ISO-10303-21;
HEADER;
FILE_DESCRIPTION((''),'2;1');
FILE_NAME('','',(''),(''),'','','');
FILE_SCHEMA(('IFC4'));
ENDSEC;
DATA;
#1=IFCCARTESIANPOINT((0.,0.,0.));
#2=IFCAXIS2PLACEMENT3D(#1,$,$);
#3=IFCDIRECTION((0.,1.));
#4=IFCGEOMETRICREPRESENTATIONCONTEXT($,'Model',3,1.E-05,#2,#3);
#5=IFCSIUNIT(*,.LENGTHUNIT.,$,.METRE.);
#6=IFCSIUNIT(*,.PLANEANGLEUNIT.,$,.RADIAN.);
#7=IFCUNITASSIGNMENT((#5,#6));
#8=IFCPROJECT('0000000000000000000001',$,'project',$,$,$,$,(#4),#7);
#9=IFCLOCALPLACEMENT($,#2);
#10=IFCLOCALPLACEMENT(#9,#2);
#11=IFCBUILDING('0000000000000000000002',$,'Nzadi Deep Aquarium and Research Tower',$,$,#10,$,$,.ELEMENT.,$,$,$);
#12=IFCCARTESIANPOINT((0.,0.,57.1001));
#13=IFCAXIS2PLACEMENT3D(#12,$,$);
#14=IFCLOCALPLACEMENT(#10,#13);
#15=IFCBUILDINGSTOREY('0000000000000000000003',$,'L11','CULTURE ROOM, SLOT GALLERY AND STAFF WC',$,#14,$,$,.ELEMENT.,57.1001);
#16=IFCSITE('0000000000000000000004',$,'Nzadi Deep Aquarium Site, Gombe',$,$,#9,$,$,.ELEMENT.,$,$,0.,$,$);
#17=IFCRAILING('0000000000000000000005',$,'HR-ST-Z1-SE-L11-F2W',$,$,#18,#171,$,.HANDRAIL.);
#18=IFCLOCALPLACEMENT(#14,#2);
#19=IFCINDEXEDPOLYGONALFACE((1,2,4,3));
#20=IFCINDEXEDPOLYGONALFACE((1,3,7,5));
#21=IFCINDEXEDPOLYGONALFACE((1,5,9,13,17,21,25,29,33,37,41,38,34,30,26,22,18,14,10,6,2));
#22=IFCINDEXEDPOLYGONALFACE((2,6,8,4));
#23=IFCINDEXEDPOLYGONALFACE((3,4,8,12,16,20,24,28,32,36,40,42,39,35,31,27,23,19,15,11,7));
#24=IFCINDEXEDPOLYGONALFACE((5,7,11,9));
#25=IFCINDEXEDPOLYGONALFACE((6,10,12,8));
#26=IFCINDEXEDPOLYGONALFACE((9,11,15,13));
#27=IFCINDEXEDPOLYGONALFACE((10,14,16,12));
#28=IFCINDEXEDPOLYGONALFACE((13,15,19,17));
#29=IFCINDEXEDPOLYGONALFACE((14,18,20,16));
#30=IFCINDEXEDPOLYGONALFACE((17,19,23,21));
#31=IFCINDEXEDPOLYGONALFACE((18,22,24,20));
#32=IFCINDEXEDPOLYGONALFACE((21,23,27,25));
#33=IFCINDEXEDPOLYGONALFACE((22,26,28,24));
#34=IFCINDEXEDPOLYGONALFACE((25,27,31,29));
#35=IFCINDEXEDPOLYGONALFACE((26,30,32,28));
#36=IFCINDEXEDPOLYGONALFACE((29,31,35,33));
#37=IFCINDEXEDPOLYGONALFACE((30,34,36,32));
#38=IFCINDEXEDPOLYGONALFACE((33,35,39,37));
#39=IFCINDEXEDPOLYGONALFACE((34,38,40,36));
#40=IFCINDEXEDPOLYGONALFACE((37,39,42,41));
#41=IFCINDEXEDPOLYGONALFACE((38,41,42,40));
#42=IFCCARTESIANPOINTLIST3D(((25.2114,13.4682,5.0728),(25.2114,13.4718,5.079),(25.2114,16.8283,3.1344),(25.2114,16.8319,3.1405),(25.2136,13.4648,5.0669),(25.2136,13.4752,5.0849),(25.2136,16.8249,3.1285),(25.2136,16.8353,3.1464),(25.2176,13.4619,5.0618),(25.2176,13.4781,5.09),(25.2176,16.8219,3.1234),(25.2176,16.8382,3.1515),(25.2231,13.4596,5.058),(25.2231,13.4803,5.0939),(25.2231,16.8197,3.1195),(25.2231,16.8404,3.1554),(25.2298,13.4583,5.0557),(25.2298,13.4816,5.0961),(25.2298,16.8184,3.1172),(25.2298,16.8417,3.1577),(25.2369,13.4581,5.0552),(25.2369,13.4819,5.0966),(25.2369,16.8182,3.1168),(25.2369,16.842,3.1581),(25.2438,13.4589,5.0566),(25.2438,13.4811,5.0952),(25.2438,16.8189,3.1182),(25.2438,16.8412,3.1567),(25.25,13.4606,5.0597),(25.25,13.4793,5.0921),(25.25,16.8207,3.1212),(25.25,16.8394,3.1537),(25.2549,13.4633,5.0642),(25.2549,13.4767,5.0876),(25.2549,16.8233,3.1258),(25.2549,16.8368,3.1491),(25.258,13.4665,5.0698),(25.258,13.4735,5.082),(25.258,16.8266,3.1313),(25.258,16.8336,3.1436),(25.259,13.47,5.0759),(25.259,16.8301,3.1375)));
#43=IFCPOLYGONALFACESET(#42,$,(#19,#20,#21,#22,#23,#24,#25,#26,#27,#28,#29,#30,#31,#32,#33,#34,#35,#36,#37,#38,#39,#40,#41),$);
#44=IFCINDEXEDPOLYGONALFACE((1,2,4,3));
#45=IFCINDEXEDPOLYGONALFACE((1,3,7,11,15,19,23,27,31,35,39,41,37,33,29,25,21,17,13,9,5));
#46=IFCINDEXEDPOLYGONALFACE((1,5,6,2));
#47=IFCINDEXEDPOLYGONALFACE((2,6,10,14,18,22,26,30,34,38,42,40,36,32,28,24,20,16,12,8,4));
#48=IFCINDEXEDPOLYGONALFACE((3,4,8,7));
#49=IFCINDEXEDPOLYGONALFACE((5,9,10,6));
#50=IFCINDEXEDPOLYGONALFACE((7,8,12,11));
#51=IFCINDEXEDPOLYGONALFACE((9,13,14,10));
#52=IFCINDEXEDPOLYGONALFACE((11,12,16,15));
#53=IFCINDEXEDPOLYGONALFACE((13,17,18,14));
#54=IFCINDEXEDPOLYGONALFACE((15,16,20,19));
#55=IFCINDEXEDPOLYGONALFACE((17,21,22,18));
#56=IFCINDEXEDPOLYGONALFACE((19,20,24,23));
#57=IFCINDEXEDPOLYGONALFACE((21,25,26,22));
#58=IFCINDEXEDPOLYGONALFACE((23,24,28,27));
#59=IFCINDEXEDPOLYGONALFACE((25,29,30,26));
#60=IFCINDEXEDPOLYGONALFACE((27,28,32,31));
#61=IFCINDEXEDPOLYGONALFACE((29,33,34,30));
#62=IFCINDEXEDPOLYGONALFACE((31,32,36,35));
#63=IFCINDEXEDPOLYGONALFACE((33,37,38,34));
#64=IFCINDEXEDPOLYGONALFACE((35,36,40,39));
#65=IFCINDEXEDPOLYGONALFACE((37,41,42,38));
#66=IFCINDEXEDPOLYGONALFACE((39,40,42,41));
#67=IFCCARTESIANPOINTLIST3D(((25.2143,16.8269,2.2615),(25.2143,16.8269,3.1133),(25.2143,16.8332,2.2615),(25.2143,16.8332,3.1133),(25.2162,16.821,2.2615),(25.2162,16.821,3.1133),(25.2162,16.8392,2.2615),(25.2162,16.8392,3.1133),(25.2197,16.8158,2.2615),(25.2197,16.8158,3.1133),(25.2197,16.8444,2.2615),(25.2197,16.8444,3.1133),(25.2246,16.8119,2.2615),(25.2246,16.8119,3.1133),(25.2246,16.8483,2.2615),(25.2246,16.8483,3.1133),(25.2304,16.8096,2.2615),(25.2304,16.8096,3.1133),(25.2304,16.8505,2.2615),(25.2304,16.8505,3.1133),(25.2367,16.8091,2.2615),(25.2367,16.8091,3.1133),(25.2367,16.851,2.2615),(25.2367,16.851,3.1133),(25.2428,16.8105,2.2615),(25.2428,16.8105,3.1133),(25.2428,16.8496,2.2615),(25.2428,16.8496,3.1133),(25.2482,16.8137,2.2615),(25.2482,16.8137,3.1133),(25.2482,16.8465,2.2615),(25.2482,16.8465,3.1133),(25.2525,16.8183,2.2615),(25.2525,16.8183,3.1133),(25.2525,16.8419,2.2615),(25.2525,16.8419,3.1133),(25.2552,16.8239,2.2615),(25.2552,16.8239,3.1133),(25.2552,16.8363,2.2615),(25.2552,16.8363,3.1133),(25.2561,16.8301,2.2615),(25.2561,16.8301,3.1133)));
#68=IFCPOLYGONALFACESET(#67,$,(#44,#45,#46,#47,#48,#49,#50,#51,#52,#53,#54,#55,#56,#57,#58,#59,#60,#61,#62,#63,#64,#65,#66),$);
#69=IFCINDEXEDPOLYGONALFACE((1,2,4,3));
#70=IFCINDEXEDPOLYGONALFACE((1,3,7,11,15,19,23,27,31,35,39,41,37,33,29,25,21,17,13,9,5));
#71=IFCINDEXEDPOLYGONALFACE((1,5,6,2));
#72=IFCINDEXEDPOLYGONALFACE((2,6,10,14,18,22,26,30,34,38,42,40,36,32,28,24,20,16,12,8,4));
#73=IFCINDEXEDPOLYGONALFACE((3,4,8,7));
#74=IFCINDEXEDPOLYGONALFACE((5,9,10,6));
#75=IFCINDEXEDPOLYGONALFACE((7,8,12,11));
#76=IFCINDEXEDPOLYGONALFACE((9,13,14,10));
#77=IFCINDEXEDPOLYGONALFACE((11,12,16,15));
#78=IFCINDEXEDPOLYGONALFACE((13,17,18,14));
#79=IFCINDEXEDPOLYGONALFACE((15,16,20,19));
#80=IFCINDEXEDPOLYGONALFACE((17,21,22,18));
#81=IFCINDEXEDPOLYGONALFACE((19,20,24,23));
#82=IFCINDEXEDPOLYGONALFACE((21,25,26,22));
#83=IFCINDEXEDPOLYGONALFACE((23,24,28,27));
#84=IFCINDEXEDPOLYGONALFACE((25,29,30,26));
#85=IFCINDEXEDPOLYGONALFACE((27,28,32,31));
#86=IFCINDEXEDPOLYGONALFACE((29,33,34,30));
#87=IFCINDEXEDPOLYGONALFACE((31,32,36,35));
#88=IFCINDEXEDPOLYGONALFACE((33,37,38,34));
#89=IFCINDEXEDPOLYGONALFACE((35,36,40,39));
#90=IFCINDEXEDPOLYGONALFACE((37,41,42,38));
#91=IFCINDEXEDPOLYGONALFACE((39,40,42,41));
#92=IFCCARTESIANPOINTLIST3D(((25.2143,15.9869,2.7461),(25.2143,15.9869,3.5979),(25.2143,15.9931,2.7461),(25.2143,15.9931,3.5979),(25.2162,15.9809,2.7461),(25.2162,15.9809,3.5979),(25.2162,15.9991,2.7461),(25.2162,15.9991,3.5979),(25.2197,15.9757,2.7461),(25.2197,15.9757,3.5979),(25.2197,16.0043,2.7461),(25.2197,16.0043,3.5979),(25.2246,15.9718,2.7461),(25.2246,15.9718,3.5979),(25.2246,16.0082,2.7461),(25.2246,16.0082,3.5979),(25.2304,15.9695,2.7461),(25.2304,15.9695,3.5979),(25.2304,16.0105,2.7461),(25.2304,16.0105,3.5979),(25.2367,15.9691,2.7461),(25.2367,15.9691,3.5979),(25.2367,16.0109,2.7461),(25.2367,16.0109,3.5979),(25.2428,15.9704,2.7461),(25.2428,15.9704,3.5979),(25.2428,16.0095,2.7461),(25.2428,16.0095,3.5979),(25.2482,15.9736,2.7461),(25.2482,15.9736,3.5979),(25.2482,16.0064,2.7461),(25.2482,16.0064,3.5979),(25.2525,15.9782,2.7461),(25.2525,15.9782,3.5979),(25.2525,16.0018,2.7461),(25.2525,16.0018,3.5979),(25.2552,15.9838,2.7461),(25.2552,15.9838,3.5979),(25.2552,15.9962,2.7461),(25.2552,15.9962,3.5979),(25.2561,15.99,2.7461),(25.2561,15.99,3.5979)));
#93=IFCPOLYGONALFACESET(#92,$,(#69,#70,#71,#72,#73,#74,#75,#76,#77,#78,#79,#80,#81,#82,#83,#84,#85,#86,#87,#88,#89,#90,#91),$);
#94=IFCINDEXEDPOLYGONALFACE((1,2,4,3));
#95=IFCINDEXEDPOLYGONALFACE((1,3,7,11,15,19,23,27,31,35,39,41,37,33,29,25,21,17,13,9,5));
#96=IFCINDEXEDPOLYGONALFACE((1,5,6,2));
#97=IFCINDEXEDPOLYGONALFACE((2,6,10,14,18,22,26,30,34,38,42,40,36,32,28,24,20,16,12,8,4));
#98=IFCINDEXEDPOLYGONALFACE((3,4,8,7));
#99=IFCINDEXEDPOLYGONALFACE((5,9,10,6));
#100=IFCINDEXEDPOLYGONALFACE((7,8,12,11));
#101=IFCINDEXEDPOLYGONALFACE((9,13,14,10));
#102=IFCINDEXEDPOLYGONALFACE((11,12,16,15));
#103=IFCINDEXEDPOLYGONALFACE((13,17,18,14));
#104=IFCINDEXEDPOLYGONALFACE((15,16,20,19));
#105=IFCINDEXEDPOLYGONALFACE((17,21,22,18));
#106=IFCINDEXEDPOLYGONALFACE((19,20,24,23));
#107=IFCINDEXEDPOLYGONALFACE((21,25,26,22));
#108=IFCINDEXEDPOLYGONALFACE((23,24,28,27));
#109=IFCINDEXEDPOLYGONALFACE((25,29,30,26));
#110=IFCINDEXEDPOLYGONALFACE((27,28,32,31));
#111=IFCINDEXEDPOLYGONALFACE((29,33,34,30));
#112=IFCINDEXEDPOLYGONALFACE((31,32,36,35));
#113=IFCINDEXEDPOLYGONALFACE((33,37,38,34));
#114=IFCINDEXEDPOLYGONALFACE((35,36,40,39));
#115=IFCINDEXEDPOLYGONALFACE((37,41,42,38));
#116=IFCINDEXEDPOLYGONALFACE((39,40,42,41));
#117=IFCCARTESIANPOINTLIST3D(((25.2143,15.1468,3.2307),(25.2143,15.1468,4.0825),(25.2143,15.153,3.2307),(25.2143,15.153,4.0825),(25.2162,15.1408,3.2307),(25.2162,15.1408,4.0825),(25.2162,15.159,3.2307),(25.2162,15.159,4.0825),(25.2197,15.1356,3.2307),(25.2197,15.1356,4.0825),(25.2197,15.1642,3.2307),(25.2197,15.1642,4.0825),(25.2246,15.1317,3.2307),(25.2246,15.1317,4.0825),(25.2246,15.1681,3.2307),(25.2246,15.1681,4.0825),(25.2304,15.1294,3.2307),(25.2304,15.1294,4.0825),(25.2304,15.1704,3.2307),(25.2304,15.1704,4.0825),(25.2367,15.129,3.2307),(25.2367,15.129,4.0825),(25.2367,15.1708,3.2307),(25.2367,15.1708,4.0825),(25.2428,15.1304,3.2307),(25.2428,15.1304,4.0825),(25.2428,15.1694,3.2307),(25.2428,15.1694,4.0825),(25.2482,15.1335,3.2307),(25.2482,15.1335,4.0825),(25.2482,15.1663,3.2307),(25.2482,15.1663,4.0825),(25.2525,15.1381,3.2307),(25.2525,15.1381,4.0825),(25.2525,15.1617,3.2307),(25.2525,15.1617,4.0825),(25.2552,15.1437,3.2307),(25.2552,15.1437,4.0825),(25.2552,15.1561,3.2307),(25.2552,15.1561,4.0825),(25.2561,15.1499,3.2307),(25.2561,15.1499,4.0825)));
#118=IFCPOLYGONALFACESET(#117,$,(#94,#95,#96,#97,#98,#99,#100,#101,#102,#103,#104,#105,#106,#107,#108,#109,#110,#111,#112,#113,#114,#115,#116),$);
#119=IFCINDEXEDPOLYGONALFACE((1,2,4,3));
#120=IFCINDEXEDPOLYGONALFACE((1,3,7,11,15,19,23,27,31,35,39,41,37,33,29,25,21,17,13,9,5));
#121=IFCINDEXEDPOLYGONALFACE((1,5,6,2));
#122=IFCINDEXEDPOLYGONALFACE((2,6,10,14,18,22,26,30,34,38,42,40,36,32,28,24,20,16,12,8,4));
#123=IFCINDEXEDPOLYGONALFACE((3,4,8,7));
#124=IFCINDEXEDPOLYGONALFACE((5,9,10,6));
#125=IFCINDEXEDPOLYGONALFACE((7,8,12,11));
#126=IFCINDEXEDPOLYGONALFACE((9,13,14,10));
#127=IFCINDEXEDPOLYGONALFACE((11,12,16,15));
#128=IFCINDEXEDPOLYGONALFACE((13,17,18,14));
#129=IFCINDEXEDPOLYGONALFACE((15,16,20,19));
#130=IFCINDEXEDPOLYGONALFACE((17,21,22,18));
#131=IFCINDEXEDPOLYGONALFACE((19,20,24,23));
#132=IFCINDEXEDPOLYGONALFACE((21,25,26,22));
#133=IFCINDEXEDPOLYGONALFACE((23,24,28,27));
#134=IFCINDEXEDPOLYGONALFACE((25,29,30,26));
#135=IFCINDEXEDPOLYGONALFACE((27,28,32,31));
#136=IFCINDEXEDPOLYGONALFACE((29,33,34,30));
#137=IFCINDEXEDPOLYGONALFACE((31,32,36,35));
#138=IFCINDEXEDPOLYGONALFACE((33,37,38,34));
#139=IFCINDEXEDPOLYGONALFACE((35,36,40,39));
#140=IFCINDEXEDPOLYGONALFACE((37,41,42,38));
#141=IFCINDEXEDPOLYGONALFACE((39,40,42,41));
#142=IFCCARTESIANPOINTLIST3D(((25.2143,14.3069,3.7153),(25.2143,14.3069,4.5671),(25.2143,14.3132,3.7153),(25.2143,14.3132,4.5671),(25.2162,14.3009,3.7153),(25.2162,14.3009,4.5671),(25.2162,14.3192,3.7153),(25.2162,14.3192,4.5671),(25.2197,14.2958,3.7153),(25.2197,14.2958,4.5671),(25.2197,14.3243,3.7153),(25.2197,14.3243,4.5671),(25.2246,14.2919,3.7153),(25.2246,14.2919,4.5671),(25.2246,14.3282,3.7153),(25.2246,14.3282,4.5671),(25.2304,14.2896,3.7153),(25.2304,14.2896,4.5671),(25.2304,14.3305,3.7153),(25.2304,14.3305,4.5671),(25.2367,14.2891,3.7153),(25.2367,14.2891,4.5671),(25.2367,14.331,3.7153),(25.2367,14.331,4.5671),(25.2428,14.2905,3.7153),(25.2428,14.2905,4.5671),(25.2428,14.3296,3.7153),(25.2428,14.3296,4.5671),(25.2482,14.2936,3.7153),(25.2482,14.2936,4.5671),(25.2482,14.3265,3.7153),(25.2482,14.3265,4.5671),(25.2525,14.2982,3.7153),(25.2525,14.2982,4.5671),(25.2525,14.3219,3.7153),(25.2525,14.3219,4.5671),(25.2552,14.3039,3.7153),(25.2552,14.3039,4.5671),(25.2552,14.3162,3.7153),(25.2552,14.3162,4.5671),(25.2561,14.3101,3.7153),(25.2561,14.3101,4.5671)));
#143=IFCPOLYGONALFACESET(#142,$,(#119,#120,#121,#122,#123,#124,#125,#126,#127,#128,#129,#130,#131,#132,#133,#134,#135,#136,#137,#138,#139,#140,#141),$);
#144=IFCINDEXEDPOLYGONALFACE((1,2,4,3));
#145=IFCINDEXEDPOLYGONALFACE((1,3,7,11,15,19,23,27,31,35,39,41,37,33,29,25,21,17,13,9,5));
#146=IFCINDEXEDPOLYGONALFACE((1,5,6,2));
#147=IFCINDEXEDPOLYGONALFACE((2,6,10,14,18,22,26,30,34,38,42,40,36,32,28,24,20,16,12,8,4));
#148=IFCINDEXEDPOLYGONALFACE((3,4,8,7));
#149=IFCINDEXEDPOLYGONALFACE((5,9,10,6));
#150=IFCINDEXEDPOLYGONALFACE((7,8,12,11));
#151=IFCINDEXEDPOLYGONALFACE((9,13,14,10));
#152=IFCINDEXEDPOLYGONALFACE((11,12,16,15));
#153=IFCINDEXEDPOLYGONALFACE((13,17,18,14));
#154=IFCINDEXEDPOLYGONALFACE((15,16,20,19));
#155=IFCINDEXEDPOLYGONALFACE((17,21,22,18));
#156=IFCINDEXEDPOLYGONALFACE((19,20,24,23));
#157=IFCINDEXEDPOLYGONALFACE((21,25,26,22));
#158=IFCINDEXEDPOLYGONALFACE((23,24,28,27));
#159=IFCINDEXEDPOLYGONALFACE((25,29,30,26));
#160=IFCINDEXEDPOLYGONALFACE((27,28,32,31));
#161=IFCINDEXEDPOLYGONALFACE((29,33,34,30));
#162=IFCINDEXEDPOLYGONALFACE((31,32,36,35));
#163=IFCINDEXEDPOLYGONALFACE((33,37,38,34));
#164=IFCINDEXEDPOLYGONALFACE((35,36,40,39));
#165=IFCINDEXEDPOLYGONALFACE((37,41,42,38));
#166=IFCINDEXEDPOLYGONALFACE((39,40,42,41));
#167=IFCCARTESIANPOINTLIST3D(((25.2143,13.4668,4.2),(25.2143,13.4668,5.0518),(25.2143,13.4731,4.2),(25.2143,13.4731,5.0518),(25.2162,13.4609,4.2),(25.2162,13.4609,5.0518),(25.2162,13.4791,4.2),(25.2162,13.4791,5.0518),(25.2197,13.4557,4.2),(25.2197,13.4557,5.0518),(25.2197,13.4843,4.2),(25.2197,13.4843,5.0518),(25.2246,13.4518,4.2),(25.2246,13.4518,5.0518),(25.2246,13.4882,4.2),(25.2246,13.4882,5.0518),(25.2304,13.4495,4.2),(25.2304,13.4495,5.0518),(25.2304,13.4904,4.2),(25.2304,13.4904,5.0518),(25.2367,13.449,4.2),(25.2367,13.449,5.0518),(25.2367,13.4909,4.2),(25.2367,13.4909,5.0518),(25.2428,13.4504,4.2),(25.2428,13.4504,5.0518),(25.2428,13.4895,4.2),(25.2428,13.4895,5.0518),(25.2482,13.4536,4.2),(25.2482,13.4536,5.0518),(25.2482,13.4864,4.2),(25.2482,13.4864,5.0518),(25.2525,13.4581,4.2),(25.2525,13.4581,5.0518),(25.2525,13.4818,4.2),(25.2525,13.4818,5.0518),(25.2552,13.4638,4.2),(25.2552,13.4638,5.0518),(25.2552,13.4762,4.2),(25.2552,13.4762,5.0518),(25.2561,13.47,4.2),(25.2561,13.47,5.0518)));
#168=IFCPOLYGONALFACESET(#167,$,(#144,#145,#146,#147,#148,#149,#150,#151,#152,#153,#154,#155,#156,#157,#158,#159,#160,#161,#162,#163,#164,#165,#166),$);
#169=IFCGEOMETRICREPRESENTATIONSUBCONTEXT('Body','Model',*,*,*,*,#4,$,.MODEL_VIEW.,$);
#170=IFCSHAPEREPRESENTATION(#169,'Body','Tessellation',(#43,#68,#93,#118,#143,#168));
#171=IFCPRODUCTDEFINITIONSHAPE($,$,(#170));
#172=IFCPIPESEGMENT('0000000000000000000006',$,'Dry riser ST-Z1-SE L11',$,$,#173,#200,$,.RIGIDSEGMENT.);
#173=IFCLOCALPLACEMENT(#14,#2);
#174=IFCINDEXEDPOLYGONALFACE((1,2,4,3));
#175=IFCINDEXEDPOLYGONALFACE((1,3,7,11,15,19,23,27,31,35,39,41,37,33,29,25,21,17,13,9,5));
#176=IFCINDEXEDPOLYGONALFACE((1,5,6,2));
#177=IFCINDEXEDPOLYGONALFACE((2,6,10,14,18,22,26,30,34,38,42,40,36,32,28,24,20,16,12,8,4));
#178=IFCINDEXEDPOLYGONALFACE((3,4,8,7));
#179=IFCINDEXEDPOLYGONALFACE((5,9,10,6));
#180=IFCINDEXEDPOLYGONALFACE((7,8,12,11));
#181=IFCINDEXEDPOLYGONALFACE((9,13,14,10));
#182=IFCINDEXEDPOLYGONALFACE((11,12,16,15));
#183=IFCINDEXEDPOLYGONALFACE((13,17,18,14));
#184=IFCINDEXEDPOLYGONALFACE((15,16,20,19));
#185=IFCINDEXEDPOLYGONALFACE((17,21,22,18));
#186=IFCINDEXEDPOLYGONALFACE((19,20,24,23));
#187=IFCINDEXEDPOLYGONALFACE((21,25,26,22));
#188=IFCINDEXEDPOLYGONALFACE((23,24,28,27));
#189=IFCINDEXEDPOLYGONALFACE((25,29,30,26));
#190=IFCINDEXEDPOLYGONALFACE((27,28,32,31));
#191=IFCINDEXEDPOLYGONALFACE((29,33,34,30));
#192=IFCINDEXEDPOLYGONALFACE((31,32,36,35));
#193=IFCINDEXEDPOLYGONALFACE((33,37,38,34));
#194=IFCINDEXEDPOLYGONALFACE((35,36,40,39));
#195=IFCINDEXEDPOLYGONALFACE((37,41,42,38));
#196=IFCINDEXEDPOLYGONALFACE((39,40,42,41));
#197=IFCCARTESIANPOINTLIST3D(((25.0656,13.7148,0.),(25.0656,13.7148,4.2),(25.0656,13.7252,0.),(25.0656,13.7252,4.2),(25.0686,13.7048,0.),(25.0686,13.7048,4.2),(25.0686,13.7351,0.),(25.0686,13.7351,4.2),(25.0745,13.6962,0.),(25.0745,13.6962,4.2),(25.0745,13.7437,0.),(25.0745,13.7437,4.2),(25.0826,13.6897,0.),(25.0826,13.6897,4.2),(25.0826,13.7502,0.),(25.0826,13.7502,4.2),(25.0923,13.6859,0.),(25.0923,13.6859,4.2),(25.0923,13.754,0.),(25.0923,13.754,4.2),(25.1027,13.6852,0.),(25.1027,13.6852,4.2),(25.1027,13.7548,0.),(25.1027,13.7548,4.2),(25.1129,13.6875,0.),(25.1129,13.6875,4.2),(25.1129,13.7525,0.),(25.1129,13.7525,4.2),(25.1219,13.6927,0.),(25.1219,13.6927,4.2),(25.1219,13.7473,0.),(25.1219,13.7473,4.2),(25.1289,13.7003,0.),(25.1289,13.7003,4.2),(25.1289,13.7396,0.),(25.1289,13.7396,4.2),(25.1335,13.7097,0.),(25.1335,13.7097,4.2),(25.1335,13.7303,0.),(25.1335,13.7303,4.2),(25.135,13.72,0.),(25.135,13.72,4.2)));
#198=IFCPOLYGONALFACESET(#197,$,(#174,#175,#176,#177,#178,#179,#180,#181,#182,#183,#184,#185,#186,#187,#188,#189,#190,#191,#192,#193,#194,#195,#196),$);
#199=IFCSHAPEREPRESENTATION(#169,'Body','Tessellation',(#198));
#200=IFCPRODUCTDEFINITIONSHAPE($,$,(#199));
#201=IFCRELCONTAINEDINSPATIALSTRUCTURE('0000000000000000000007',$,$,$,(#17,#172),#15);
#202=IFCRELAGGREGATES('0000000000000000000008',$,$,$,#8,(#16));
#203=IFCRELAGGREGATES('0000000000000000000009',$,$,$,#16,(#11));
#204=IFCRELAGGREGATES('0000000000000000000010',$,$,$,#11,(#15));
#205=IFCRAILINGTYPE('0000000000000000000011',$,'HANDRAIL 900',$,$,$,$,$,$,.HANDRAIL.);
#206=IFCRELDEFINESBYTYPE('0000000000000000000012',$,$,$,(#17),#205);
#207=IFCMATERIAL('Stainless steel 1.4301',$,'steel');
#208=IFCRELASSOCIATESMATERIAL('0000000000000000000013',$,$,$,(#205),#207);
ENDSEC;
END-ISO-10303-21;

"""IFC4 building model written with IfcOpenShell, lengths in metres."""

from ifc_helpers import new_model, si_unit, direction, frame, origin, origin_2d, place, context, subcontext, project, spatial, circle, extrude, material, type_object, element, save


model = new_model("IFC4")

# Units and contexts
model_context = context("Model", 3, precision=1e-05, world=origin(), true_north=direction((0.0, 1.0)))
body_context = subcontext(model_context, "Body", "Model", "MODEL_VIEW")
ifc_project = project(units=[si_unit("LENGTHUNIT", "METRE"), si_unit("PLANEANGLEUNIT", "RADIAN")], contexts=[model_context])

# Site, building, storey
site_placement = place(None, origin())
site = spatial("IfcSite", under=ifc_project, at=site_placement, Name="Nzadi Deep Aquarium Site, Gombe", CompositionType="ELEMENT", RefElevation=0.0)
building_placement = place(site_placement, origin())
building = spatial("IfcBuilding", under=site, at=building_placement, Name="Nzadi Deep Aquarium and Research Tower", CompositionType="ELEMENT")
storey_placement = place(building_placement, frame((0.0, 0.0, 57.1001)))
storey = spatial("IfcBuildingStorey", under=building, at=storey_placement, Name="L11", Description="CULTURE ROOM, SLOT GALLERY AND STAFF WC", CompositionType="ELEMENT", Elevation=57.1001)

# Railing
ifc_material_1 = material(Name="Stainless steel 1.4301", Category="steel")
railing_type = type_object("IfcRailingType", Name="HANDRAIL 900", PredefinedType="HANDRAIL", material=ifc_material_1)
for number, where, name in (
    (1, (25.2351, 16.8301, 2.2615), "HR-ST-Z1-SE-L11-F2W"),
):
    element("IfcRailing", number, at=place(storey_placement, frame(where)), inside=storey, type_object=railing_type, Name=name, PredefinedType="HANDRAIL", context=body_context, shape_type="SweptSolid", body=[
        extrude(circle(Radius=0.0239, at=origin_2d()), frame((0.0, 0.0, 0.876), z_axis=(0.0, -0.866191, 0.499713), x_axis=(1.0, 0.0, 0.0)), (0.0, 0.0, 1.0), 3.8792),
        extrude(circle(Radius=0.021, at=origin_2d()), origin(), (0.0, 0.0, 1.0), 0.8518),
        extrude(circle(Radius=0.021, at=origin_2d()), frame((0.0, -0.8401, 0.4846)), (0.0, 0.0, 1.0), 0.8518),
        extrude(circle(Radius=0.021, at=origin_2d()), frame((0.0, -1.6802, 0.9692)), (0.0, 0.0, 1.0), 0.8518),
        extrude(circle(Radius=0.021, at=origin_2d()), frame((0.0, -2.52, 1.4539)), (0.0, 0.0, 1.0), 0.8518),
        extrude(circle(Radius=0.021, at=origin_2d()), frame((0.0, -3.3601, 1.9385)), (0.0, 0.0, 1.0), 0.8518),
    ])

# Pipe segment
pipe_segment_placement = place(storey_placement, frame((25.1001, 13.72, 0.0), z_axis=(0.0, 0.0, 1.0), x_axis=(1.0, 0.0, 0.0)))
element("IfcPipeSegment", 2, at=pipe_segment_placement, inside=storey, Name="Dry riser ST-Z1-SE L11", PredefinedType="RIGIDSEGMENT", context=body_context, shape_type="SweptSolid", body=[
    extrude(circle(Radius=0.0349, at=origin_2d()), origin(), (0.0, 0.0, 1.0), 4.2),
])

save(model, "model.ifc")
